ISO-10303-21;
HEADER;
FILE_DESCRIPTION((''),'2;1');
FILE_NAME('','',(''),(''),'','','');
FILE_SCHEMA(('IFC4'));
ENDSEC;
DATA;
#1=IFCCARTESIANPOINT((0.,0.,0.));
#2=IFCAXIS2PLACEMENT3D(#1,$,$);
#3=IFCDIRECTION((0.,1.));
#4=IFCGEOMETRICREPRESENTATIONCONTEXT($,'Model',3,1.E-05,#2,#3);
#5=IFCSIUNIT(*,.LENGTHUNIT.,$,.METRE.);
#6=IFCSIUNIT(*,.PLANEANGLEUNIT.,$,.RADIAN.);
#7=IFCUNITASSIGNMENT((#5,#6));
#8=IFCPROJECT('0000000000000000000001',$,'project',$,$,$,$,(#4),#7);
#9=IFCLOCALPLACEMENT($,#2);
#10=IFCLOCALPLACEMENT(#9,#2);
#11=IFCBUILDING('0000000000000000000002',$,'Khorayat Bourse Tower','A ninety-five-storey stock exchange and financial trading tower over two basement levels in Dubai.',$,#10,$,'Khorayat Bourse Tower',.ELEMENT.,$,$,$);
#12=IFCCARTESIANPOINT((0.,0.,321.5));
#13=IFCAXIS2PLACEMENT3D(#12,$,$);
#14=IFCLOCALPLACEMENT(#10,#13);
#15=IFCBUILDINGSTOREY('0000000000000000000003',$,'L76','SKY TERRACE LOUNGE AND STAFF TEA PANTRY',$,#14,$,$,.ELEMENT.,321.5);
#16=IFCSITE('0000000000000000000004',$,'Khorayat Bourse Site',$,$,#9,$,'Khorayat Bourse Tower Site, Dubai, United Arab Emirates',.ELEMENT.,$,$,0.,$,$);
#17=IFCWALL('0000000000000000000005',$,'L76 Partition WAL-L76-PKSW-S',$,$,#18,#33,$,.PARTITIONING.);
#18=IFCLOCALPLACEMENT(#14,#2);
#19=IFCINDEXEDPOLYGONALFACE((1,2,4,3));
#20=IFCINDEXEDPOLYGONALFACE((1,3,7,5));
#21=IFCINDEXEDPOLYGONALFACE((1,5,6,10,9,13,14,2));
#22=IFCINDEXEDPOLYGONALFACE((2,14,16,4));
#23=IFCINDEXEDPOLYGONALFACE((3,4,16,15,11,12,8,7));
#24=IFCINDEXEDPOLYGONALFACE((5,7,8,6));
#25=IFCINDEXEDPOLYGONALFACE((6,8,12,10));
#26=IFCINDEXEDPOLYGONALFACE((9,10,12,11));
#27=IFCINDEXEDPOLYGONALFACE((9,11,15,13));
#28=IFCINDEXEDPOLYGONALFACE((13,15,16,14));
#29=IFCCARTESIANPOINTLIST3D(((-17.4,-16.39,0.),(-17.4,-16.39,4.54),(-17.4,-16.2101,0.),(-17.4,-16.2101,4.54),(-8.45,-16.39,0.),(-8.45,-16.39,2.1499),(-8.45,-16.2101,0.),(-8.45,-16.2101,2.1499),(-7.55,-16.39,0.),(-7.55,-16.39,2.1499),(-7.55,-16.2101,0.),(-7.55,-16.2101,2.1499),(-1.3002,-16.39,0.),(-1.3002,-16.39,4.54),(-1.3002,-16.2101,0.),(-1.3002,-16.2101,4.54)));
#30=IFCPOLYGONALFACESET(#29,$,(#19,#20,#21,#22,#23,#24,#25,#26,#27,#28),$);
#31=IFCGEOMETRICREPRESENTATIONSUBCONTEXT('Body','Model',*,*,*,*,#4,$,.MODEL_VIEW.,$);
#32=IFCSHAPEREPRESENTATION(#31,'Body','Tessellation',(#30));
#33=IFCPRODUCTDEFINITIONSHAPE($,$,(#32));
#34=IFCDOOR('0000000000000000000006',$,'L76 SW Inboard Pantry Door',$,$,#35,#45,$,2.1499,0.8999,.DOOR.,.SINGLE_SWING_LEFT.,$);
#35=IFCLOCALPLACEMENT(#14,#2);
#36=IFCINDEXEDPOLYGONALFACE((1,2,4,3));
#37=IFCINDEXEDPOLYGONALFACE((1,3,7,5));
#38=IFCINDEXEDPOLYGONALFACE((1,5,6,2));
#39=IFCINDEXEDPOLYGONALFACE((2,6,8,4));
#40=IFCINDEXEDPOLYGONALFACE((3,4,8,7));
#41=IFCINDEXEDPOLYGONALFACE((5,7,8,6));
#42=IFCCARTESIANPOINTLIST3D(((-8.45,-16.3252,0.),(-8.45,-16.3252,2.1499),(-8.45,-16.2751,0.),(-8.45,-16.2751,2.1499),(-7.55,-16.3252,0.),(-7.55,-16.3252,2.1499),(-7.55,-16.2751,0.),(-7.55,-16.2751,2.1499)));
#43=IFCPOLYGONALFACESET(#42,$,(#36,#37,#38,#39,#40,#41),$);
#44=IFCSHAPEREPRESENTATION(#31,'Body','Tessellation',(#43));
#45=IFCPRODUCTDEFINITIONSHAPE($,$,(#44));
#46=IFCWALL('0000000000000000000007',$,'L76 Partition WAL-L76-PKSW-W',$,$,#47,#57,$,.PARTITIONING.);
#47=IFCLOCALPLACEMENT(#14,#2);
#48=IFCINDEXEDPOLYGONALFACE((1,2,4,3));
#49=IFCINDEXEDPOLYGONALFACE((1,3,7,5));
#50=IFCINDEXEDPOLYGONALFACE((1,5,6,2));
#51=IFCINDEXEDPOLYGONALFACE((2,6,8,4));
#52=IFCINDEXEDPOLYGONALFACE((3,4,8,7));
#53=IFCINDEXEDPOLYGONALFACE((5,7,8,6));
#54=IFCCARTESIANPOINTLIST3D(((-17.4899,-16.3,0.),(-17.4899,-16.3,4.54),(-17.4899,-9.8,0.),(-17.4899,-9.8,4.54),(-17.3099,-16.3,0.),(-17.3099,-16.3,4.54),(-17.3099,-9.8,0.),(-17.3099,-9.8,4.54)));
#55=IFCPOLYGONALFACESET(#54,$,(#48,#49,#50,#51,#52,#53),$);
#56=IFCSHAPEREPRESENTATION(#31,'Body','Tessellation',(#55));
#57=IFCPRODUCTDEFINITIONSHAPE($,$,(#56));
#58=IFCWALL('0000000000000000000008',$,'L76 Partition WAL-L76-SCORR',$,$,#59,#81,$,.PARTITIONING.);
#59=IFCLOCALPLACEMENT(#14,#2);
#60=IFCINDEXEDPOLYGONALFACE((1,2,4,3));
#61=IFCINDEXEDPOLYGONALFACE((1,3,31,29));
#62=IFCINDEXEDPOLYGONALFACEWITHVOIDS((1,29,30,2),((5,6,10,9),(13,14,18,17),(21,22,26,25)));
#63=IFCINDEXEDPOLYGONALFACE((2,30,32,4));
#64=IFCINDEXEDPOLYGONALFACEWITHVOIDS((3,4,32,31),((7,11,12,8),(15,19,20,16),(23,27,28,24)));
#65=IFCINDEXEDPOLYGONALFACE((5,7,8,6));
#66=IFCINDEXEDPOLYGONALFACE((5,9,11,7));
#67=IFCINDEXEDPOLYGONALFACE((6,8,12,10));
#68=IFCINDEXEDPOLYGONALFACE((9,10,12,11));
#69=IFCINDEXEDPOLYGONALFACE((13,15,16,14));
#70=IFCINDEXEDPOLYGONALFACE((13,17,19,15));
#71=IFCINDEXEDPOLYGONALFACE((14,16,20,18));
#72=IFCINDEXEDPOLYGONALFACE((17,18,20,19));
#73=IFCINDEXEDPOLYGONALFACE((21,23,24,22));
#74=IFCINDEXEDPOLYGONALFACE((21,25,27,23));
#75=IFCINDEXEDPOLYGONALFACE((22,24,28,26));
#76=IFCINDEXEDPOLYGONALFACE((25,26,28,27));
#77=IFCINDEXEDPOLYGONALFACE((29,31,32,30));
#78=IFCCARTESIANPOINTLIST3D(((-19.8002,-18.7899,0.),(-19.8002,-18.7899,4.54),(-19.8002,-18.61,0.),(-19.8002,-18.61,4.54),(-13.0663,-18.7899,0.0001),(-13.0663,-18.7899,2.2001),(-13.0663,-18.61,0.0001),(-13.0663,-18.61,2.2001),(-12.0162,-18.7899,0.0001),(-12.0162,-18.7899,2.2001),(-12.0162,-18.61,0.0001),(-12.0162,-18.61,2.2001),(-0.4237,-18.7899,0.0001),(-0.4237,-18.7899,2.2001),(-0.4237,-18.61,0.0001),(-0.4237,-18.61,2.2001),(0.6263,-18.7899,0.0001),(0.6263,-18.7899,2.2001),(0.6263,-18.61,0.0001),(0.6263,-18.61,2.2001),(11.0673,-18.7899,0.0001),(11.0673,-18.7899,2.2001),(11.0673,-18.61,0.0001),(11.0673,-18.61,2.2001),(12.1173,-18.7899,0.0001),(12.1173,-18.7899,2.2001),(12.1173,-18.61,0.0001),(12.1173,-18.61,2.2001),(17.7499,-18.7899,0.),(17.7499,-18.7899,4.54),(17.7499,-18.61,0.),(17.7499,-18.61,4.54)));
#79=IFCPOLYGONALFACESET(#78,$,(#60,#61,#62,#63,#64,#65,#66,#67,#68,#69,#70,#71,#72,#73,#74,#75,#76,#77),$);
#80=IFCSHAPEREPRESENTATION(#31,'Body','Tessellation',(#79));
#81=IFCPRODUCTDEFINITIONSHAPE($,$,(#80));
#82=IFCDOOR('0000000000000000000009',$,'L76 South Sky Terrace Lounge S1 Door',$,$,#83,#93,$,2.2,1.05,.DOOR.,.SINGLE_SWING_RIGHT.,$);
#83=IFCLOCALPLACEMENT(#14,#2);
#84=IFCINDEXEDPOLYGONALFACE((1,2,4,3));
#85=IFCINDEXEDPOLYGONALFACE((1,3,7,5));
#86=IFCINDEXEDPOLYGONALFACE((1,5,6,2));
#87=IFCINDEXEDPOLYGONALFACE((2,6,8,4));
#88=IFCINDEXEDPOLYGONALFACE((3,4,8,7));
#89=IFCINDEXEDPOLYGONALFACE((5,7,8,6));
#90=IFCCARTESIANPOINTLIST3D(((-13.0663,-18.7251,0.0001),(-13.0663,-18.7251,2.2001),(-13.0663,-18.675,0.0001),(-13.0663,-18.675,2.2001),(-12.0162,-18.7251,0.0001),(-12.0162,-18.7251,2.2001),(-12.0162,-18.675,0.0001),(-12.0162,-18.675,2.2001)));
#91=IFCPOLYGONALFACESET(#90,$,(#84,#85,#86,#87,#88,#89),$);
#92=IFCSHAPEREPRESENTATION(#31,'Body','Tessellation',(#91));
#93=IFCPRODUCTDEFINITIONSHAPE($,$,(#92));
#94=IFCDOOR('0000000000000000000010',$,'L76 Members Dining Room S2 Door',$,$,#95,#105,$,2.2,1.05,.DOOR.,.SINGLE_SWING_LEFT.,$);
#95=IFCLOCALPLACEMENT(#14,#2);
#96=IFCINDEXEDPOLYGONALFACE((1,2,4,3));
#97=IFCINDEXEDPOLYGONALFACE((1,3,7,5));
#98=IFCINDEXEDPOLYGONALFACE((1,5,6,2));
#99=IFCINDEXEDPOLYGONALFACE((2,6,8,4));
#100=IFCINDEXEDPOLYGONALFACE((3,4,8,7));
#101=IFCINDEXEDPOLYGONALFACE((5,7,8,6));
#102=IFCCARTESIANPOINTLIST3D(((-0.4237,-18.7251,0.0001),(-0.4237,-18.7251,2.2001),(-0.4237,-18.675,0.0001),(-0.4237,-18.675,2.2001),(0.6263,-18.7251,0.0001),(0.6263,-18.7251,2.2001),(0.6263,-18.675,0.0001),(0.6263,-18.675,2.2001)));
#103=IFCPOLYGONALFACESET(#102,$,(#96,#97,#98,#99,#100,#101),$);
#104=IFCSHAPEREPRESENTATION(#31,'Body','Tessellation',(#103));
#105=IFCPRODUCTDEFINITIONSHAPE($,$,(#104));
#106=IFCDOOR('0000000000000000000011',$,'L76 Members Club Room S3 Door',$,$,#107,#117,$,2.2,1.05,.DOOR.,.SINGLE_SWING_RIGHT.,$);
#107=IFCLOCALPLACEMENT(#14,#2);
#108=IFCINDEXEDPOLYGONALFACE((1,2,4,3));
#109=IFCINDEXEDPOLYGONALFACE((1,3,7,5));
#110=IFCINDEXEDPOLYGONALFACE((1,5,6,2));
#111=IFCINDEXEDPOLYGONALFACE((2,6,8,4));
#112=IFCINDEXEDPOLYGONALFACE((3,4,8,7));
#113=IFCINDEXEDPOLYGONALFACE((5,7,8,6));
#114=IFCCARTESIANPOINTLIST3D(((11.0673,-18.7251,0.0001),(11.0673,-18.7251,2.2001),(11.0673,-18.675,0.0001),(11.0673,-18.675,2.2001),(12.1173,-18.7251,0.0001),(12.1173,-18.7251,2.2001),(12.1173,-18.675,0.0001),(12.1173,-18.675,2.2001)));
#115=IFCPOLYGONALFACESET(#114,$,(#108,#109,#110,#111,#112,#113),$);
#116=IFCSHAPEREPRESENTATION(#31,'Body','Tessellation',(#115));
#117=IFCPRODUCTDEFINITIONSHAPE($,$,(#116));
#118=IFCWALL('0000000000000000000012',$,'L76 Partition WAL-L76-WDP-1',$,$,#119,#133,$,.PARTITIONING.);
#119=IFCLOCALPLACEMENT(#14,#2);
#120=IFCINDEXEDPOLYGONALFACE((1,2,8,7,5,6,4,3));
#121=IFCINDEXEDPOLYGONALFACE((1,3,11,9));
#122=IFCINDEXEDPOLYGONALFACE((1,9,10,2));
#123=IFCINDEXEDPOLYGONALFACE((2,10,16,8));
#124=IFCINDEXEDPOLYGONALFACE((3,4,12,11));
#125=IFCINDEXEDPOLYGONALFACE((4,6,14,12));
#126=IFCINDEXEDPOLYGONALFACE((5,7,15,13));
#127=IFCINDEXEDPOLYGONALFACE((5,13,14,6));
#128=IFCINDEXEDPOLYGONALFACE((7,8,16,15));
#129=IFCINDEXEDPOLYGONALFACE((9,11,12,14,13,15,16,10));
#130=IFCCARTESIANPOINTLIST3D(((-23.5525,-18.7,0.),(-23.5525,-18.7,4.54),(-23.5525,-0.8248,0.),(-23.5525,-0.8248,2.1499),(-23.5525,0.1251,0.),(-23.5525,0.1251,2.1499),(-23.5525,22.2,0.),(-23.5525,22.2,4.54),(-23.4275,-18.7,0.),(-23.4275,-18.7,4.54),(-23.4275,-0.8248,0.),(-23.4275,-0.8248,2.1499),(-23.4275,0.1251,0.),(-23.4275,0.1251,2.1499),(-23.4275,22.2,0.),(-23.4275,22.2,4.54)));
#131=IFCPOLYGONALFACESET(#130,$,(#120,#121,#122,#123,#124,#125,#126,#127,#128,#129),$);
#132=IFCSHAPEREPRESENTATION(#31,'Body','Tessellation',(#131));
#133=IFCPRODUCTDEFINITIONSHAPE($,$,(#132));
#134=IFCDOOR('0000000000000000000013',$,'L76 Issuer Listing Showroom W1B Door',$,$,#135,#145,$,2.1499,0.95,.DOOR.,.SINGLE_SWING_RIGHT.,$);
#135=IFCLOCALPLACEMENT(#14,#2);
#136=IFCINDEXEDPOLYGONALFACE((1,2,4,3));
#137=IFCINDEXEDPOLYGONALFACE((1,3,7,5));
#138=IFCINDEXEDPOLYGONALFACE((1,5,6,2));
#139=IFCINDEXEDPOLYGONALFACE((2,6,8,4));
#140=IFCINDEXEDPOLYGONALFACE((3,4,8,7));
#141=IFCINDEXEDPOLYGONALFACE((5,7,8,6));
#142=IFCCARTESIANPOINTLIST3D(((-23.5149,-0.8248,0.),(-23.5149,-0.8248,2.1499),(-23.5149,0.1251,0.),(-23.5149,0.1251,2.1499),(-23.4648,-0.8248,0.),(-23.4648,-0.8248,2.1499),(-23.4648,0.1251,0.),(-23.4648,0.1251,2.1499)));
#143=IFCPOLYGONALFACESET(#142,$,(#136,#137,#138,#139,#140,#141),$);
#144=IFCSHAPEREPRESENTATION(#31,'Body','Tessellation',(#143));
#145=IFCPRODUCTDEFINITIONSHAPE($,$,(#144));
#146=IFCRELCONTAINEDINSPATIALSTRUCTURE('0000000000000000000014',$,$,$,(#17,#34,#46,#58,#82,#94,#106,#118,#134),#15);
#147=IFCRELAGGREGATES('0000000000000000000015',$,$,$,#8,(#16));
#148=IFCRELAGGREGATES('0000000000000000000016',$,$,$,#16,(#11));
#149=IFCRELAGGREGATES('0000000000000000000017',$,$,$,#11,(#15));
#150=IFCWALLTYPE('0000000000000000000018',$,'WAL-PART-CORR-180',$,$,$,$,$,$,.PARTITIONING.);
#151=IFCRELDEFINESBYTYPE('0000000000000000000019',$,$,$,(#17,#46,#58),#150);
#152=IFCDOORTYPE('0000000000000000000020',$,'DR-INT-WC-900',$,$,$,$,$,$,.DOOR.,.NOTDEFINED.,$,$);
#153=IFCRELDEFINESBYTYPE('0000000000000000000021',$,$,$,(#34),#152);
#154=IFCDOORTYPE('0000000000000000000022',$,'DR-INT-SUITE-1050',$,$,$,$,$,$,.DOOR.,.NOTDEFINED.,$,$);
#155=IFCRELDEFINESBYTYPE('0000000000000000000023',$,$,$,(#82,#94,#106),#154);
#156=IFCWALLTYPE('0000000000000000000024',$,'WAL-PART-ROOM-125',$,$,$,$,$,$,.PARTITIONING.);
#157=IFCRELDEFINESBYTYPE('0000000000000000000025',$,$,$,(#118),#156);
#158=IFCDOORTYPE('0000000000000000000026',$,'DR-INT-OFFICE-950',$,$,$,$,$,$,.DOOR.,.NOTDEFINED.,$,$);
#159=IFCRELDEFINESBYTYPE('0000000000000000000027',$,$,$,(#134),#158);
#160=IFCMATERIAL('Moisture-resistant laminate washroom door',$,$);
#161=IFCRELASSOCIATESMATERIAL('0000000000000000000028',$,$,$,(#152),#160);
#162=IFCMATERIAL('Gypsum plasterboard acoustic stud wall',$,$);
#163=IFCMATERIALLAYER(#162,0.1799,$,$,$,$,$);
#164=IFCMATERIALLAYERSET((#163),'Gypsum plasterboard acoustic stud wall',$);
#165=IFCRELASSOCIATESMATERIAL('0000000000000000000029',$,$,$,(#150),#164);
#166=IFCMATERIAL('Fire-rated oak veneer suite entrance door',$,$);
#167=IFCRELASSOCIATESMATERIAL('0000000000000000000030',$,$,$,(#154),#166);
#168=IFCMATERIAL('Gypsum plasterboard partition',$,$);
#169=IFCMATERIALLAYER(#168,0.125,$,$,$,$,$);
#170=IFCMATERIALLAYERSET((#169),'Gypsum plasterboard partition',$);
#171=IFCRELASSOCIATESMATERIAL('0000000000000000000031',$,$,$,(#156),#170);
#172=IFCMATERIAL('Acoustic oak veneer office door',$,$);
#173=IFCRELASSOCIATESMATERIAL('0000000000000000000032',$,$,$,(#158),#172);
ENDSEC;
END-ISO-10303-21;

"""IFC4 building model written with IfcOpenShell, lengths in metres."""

from ifc_helpers import new_model, si_unit, direction, frame, frame_2d, origin, place, context, subcontext, project, spatial, rectangle, extrude, source, transform, mapped, material, layer, layer_set, type_object, element, fill, save


model = new_model("IFC4")

# Units and contexts
model_context = context("Model", 3, precision=1e-05, world=origin(), true_north=direction((0.0, 1.0)))
body_context = subcontext(model_context, "Body", "Model", "MODEL_VIEW")
ifc_project = project(units=[si_unit("LENGTHUNIT", "METRE"), si_unit("PLANEANGLEUNIT", "RADIAN")], contexts=[model_context])

# Site, building, storey
site_placement = place(None, origin())
site = spatial("IfcSite", under=ifc_project, at=site_placement, Name="Khorayat Bourse Site", LongName="Khorayat Bourse Tower Site, Dubai, United Arab Emirates", CompositionType="ELEMENT", RefElevation=0.0)
building_placement = place(site_placement, origin())
building = spatial("IfcBuilding", under=site, at=building_placement, Name="Khorayat Bourse Tower", Description="A ninety-five-storey stock exchange and financial trading tower over two basement levels in Dubai.", LongName="Khorayat Bourse Tower", CompositionType="ELEMENT")
storey_placement = place(building_placement, frame((0.0, 0.0, 321.5)))
storey = spatial("IfcBuildingStorey", under=building, at=storey_placement, Name="L76", Description="SKY TERRACE LOUNGE AND STAFF TEA PANTRY", CompositionType="ELEMENT", Elevation=321.5)

# Shared definitions
ifc_material_1 = material(Name="Moisture-resistant laminate washroom door")
door_type_1 = type_object("IfcDoorType", Name="DR-INT-WC-900", OperationType="NOTDEFINED", PredefinedType="DOOR", material=ifc_material_1)
shared_shape_1 = source(origin(), body_context, "Body", "SweptSolid", [
    extrude(rectangle(XDim=0.8999, YDim=2.1499, at=frame_2d((0.45, 1.075))), frame((0.0, 0.0249, 0.0), z_axis=(0.0, -1.0, 0.0), x_axis=(1.0, 0.0, 0.0)), (0.0, 0.0, 1.0), 0.05),
])

# Wall, opening, door
ifc_material_2 = material(Name="Gypsum plasterboard acoustic stud wall")
ifc_layer_1 = layer(ifc_material_2, 0.1799)
ifc_layer_set_1 = layer_set([ifc_layer_1], Name="Gypsum plasterboard acoustic stud wall")
wall_type_1 = type_object("IfcWallType", Name="WAL-PART-CORR-180", PredefinedType="PARTITIONING", material=ifc_layer_set_1)
shared_shape_2 = source(origin(), body_context, "Body", "SweptSolid", [
    extrude(rectangle(XDim=16.0999, YDim=0.1799, at=frame_2d((8.0498, 0.0))), origin(), (0.0, 0.0, 1.0), 4.54),
])
wall_1_placement = place(storey_placement, frame((-17.3999, -16.3, 0.0), z_axis=(0.0, 0.0, 1.0), x_axis=(1.0, 0.0, 0.0)))
wall_1 = element("IfcWall", 1, at=wall_1_placement, inside=storey, type_object=wall_type_1, Name="L76 Partition WAL-L76-PKSW-S", PredefinedType="PARTITIONING", context=body_context, shape_type="MappedRepresentation", body=[
    mapped(shared_shape_2, transform((0.0, 0.0, 0.0), scale=1.0)),
])
shared_shape_3 = source(origin(), body_context, "Body", "SweptSolid", [
    extrude(rectangle(XDim=0.8999, YDim=2.1499, at=frame_2d((0.45, 1.075))), frame((0.0, 0.0999, 0.0), z_axis=(0.0, -1.0, 0.0), x_axis=(1.0, 0.0, 0.0)), (0.0, 0.0, 1.0), 0.2),
])
opening_1_placement = place(wall_1_placement, frame((8.95, 0.0, 0.0)))
opening_1 = element("IfcOpeningElement", 2, at=opening_1_placement, cuts=wall_1, PredefinedType="OPENING", context=body_context, shape_type="MappedRepresentation", body=[
    mapped(shared_shape_3, transform((0.0, 0.0, 0.0), scale=1.0)),
])
door_1_placement = place(opening_1_placement, origin())
door_1 = element("IfcDoor", 3, at=door_1_placement, inside=storey, type_object=door_type_1, Name="L76 SW Inboard Pantry Door", OperationType="SINGLE_SWING_LEFT", OverallHeight=2.1499, OverallWidth=0.8999, PredefinedType="DOOR", context=body_context, shape_type="MappedRepresentation", body=[
    mapped(shared_shape_1, transform((0.0, 0.0, 0.0), scale=1.0)),
])
fill(opening_1, door_1)

# Wall
shared_shape_4 = source(origin(), body_context, "Body", "SweptSolid", [
    extrude(rectangle(XDim=6.5, YDim=0.1799, at=frame_2d((3.25, 0.0))), origin(), (0.0, 0.0, 1.0), 4.54),
])
wall_2_placement = place(storey_placement, frame((-17.3999, -16.3, 0.0), z_axis=(0.0, 0.0, 1.0), x_axis=(0.0, 1.0, 0.0)))
element("IfcWall", 4, at=wall_2_placement, inside=storey, type_object=wall_type_1, Name="L76 Partition WAL-L76-PKSW-W", PredefinedType="PARTITIONING", context=body_context, shape_type="MappedRepresentation", body=[
    mapped(shared_shape_4, transform((0.0, 0.0, 0.0), scale=1.0)),
])

# Wall, openings, doors
shared_shape_5 = source(origin(), body_context, "Body", "SweptSolid", [
    extrude(rectangle(XDim=37.55, YDim=0.1799, at=frame_2d((18.7749, 0.0))), origin(), (0.0, 0.0, 1.0), 4.54),
])
wall_3_placement = place(storey_placement, frame((-19.8, -18.7, 0.0), z_axis=(0.0, 0.0, 1.0), x_axis=(1.0, 0.0, 0.0)))
wall_3 = element("IfcWall", 5, at=wall_3_placement, inside=storey, type_object=wall_type_1, Name="L76 Partition WAL-L76-SCORR", PredefinedType="PARTITIONING", context=body_context, shape_type="MappedRepresentation", body=[
    mapped(shared_shape_5, transform((0.0, 0.0, 0.0), scale=1.0)),
])
shared_shape_6 = source(origin(), body_context, "Body", "SweptSolid", [
    extrude(rectangle(XDim=1.05, YDim=2.2, at=frame_2d((0.5249, 1.1001))), frame((0.0, 0.0999, 0.0), z_axis=(0.0, -1.0, 0.0), x_axis=(1.0, 0.0, 0.0)), (0.0, 0.0, 1.0), 0.2),
])
opening_2_placement = place(wall_3_placement, frame((6.7339, 0.0, 0.0)))
opening_2 = element("IfcOpeningElement", 6, at=opening_2_placement, cuts=wall_3, PredefinedType="OPENING", context=body_context, shape_type="MappedRepresentation", body=[
    mapped(shared_shape_6, transform((0.0, 0.0, 0.0), scale=1.0)),
])
opening_3_placement = place(wall_3_placement, frame((19.3765, 0.0, 0.0)))
opening_3 = element("IfcOpeningElement", 7, at=opening_3_placement, cuts=wall_3, PredefinedType="OPENING", context=body_context, shape_type="MappedRepresentation", body=[
    mapped(shared_shape_6, transform((0.0, 0.0, 0.0), scale=1.0)),
])
opening_4_placement = place(wall_3_placement, frame((30.8674, 0.0, 0.0)))
opening_4 = element("IfcOpeningElement", 8, at=opening_4_placement, cuts=wall_3, PredefinedType="OPENING", context=body_context, shape_type="MappedRepresentation", body=[
    mapped(shared_shape_6, transform((0.0, 0.0, 0.0), scale=1.0)),
])
ifc_material_3 = material(Name="Fire-rated oak veneer suite entrance door")
door_type_2 = type_object("IfcDoorType", Name="DR-INT-SUITE-1050", OperationType="NOTDEFINED", PredefinedType="DOOR", material=ifc_material_3)
shared_shape_7 = source(origin(), body_context, "Body", "SweptSolid", [
    extrude(rectangle(XDim=1.05, YDim=2.2, at=frame_2d((0.5249, 1.1001))), frame((0.0, 0.0249, 0.0), z_axis=(0.0, -1.0, 0.0), x_axis=(1.0, 0.0, 0.0)), (0.0, 0.0, 1.0), 0.05),
])
door_2_placement = place(opening_2_placement, origin())
door_2 = element("IfcDoor", 9, at=door_2_placement, inside=storey, type_object=door_type_2, Name="L76 South Sky Terrace Lounge S1 Door", OperationType="SINGLE_SWING_RIGHT", OverallHeight=2.2, OverallWidth=1.05, PredefinedType="DOOR", context=body_context, shape_type="MappedRepresentation", body=[
    mapped(shared_shape_7, transform((0.0, 0.0, 0.0), scale=1.0)),
])
fill(opening_2, door_2)
door_3_placement = place(opening_3_placement, origin())
door_3 = element("IfcDoor", 10, at=door_3_placement, inside=storey, type_object=door_type_2, Name="L76 Members Dining Room S2 Door", OperationType="SINGLE_SWING_LEFT", OverallHeight=2.2, OverallWidth=1.05, PredefinedType="DOOR", context=body_context, shape_type="MappedRepresentation", body=[
    mapped(shared_shape_7, transform((0.0, 0.0, 0.0), scale=1.0)),
])
fill(opening_3, door_3)
door_4_placement = place(opening_4_placement, origin())
door_4 = element("IfcDoor", 11, at=door_4_placement, inside=storey, type_object=door_type_2, Name="L76 Members Club Room S3 Door", OperationType="SINGLE_SWING_RIGHT", OverallHeight=2.2, OverallWidth=1.05, PredefinedType="DOOR", context=body_context, shape_type="MappedRepresentation", body=[
    mapped(shared_shape_7, transform((0.0, 0.0, 0.0), scale=1.0)),
])
fill(opening_4, door_4)

# Wall, opening, door
ifc_material_4 = material(Name="Gypsum plasterboard partition")
ifc_layer_2 = layer(ifc_material_4, 0.125)
ifc_layer_set_2 = layer_set([ifc_layer_2], Name="Gypsum plasterboard partition")
wall_type_2 = type_object("IfcWallType", Name="WAL-PART-ROOM-125", PredefinedType="PARTITIONING", material=ifc_layer_set_2)
shared_shape_8 = source(origin(), body_context, "Body", "SweptSolid", [
    extrude(rectangle(XDim=40.8999, YDim=0.125, at=frame_2d((20.45, 0.0))), origin(), (0.0, 0.0, 1.0), 4.54),
])
wall_4_placement = place(storey_placement, frame((-23.49, -18.7, 0.0), z_axis=(0.0, 0.0, 1.0), x_axis=(0.0, 1.0, 0.0)))
wall_4 = element("IfcWall", 12, at=wall_4_placement, inside=storey, type_object=wall_type_2, Name="L76 Partition WAL-L76-WDP-1", PredefinedType="PARTITIONING", context=body_context, shape_type="MappedRepresentation", body=[
    mapped(shared_shape_8, transform((0.0, 0.0, 0.0), scale=1.0)),
])
shared_shape_9 = source(origin(), body_context, "Body", "SweptSolid", [
    extrude(rectangle(XDim=0.95, YDim=2.1499, at=frame_2d((0.4751, 1.075))), frame((0.0, 0.0725, 0.0), z_axis=(0.0, -1.0, 0.0), x_axis=(1.0, 0.0, 0.0)), (0.0, 0.0, 1.0), 0.145),
])
opening_5_placement = place(wall_4_placement, frame((17.875, 0.0, 0.0)))
opening_5 = element("IfcOpeningElement", 13, at=opening_5_placement, cuts=wall_4, PredefinedType="OPENING", context=body_context, shape_type="MappedRepresentation", body=[
    mapped(shared_shape_9, transform((0.0, 0.0, 0.0), scale=1.0)),
])
ifc_material_5 = material(Name="Acoustic oak veneer office door")
door_type_3 = type_object("IfcDoorType", Name="DR-INT-OFFICE-950", OperationType="NOTDEFINED", PredefinedType="DOOR", material=ifc_material_5)
shared_shape_10 = source(origin(), body_context, "Body", "SweptSolid", [
    extrude(rectangle(XDim=0.95, YDim=2.1499, at=frame_2d((0.4751, 1.075))), frame((0.0, 0.0249, 0.0), z_axis=(0.0, -1.0, 0.0), x_axis=(1.0, 0.0, 0.0)), (0.0, 0.0, 1.0), 0.05),
])
door_5_placement = place(opening_5_placement, origin())
door_5 = element("IfcDoor", 14, at=door_5_placement, inside=storey, type_object=door_type_3, Name="L76 Issuer Listing Showroom W1B Door", OperationType="SINGLE_SWING_RIGHT", OverallHeight=2.1499, OverallWidth=0.95, PredefinedType="DOOR", context=body_context, shape_type="MappedRepresentation", body=[
    mapped(shared_shape_10, transform((0.0, 0.0, 0.0), scale=1.0)),
])
fill(opening_5, door_5)

save(model, "model.ifc")
